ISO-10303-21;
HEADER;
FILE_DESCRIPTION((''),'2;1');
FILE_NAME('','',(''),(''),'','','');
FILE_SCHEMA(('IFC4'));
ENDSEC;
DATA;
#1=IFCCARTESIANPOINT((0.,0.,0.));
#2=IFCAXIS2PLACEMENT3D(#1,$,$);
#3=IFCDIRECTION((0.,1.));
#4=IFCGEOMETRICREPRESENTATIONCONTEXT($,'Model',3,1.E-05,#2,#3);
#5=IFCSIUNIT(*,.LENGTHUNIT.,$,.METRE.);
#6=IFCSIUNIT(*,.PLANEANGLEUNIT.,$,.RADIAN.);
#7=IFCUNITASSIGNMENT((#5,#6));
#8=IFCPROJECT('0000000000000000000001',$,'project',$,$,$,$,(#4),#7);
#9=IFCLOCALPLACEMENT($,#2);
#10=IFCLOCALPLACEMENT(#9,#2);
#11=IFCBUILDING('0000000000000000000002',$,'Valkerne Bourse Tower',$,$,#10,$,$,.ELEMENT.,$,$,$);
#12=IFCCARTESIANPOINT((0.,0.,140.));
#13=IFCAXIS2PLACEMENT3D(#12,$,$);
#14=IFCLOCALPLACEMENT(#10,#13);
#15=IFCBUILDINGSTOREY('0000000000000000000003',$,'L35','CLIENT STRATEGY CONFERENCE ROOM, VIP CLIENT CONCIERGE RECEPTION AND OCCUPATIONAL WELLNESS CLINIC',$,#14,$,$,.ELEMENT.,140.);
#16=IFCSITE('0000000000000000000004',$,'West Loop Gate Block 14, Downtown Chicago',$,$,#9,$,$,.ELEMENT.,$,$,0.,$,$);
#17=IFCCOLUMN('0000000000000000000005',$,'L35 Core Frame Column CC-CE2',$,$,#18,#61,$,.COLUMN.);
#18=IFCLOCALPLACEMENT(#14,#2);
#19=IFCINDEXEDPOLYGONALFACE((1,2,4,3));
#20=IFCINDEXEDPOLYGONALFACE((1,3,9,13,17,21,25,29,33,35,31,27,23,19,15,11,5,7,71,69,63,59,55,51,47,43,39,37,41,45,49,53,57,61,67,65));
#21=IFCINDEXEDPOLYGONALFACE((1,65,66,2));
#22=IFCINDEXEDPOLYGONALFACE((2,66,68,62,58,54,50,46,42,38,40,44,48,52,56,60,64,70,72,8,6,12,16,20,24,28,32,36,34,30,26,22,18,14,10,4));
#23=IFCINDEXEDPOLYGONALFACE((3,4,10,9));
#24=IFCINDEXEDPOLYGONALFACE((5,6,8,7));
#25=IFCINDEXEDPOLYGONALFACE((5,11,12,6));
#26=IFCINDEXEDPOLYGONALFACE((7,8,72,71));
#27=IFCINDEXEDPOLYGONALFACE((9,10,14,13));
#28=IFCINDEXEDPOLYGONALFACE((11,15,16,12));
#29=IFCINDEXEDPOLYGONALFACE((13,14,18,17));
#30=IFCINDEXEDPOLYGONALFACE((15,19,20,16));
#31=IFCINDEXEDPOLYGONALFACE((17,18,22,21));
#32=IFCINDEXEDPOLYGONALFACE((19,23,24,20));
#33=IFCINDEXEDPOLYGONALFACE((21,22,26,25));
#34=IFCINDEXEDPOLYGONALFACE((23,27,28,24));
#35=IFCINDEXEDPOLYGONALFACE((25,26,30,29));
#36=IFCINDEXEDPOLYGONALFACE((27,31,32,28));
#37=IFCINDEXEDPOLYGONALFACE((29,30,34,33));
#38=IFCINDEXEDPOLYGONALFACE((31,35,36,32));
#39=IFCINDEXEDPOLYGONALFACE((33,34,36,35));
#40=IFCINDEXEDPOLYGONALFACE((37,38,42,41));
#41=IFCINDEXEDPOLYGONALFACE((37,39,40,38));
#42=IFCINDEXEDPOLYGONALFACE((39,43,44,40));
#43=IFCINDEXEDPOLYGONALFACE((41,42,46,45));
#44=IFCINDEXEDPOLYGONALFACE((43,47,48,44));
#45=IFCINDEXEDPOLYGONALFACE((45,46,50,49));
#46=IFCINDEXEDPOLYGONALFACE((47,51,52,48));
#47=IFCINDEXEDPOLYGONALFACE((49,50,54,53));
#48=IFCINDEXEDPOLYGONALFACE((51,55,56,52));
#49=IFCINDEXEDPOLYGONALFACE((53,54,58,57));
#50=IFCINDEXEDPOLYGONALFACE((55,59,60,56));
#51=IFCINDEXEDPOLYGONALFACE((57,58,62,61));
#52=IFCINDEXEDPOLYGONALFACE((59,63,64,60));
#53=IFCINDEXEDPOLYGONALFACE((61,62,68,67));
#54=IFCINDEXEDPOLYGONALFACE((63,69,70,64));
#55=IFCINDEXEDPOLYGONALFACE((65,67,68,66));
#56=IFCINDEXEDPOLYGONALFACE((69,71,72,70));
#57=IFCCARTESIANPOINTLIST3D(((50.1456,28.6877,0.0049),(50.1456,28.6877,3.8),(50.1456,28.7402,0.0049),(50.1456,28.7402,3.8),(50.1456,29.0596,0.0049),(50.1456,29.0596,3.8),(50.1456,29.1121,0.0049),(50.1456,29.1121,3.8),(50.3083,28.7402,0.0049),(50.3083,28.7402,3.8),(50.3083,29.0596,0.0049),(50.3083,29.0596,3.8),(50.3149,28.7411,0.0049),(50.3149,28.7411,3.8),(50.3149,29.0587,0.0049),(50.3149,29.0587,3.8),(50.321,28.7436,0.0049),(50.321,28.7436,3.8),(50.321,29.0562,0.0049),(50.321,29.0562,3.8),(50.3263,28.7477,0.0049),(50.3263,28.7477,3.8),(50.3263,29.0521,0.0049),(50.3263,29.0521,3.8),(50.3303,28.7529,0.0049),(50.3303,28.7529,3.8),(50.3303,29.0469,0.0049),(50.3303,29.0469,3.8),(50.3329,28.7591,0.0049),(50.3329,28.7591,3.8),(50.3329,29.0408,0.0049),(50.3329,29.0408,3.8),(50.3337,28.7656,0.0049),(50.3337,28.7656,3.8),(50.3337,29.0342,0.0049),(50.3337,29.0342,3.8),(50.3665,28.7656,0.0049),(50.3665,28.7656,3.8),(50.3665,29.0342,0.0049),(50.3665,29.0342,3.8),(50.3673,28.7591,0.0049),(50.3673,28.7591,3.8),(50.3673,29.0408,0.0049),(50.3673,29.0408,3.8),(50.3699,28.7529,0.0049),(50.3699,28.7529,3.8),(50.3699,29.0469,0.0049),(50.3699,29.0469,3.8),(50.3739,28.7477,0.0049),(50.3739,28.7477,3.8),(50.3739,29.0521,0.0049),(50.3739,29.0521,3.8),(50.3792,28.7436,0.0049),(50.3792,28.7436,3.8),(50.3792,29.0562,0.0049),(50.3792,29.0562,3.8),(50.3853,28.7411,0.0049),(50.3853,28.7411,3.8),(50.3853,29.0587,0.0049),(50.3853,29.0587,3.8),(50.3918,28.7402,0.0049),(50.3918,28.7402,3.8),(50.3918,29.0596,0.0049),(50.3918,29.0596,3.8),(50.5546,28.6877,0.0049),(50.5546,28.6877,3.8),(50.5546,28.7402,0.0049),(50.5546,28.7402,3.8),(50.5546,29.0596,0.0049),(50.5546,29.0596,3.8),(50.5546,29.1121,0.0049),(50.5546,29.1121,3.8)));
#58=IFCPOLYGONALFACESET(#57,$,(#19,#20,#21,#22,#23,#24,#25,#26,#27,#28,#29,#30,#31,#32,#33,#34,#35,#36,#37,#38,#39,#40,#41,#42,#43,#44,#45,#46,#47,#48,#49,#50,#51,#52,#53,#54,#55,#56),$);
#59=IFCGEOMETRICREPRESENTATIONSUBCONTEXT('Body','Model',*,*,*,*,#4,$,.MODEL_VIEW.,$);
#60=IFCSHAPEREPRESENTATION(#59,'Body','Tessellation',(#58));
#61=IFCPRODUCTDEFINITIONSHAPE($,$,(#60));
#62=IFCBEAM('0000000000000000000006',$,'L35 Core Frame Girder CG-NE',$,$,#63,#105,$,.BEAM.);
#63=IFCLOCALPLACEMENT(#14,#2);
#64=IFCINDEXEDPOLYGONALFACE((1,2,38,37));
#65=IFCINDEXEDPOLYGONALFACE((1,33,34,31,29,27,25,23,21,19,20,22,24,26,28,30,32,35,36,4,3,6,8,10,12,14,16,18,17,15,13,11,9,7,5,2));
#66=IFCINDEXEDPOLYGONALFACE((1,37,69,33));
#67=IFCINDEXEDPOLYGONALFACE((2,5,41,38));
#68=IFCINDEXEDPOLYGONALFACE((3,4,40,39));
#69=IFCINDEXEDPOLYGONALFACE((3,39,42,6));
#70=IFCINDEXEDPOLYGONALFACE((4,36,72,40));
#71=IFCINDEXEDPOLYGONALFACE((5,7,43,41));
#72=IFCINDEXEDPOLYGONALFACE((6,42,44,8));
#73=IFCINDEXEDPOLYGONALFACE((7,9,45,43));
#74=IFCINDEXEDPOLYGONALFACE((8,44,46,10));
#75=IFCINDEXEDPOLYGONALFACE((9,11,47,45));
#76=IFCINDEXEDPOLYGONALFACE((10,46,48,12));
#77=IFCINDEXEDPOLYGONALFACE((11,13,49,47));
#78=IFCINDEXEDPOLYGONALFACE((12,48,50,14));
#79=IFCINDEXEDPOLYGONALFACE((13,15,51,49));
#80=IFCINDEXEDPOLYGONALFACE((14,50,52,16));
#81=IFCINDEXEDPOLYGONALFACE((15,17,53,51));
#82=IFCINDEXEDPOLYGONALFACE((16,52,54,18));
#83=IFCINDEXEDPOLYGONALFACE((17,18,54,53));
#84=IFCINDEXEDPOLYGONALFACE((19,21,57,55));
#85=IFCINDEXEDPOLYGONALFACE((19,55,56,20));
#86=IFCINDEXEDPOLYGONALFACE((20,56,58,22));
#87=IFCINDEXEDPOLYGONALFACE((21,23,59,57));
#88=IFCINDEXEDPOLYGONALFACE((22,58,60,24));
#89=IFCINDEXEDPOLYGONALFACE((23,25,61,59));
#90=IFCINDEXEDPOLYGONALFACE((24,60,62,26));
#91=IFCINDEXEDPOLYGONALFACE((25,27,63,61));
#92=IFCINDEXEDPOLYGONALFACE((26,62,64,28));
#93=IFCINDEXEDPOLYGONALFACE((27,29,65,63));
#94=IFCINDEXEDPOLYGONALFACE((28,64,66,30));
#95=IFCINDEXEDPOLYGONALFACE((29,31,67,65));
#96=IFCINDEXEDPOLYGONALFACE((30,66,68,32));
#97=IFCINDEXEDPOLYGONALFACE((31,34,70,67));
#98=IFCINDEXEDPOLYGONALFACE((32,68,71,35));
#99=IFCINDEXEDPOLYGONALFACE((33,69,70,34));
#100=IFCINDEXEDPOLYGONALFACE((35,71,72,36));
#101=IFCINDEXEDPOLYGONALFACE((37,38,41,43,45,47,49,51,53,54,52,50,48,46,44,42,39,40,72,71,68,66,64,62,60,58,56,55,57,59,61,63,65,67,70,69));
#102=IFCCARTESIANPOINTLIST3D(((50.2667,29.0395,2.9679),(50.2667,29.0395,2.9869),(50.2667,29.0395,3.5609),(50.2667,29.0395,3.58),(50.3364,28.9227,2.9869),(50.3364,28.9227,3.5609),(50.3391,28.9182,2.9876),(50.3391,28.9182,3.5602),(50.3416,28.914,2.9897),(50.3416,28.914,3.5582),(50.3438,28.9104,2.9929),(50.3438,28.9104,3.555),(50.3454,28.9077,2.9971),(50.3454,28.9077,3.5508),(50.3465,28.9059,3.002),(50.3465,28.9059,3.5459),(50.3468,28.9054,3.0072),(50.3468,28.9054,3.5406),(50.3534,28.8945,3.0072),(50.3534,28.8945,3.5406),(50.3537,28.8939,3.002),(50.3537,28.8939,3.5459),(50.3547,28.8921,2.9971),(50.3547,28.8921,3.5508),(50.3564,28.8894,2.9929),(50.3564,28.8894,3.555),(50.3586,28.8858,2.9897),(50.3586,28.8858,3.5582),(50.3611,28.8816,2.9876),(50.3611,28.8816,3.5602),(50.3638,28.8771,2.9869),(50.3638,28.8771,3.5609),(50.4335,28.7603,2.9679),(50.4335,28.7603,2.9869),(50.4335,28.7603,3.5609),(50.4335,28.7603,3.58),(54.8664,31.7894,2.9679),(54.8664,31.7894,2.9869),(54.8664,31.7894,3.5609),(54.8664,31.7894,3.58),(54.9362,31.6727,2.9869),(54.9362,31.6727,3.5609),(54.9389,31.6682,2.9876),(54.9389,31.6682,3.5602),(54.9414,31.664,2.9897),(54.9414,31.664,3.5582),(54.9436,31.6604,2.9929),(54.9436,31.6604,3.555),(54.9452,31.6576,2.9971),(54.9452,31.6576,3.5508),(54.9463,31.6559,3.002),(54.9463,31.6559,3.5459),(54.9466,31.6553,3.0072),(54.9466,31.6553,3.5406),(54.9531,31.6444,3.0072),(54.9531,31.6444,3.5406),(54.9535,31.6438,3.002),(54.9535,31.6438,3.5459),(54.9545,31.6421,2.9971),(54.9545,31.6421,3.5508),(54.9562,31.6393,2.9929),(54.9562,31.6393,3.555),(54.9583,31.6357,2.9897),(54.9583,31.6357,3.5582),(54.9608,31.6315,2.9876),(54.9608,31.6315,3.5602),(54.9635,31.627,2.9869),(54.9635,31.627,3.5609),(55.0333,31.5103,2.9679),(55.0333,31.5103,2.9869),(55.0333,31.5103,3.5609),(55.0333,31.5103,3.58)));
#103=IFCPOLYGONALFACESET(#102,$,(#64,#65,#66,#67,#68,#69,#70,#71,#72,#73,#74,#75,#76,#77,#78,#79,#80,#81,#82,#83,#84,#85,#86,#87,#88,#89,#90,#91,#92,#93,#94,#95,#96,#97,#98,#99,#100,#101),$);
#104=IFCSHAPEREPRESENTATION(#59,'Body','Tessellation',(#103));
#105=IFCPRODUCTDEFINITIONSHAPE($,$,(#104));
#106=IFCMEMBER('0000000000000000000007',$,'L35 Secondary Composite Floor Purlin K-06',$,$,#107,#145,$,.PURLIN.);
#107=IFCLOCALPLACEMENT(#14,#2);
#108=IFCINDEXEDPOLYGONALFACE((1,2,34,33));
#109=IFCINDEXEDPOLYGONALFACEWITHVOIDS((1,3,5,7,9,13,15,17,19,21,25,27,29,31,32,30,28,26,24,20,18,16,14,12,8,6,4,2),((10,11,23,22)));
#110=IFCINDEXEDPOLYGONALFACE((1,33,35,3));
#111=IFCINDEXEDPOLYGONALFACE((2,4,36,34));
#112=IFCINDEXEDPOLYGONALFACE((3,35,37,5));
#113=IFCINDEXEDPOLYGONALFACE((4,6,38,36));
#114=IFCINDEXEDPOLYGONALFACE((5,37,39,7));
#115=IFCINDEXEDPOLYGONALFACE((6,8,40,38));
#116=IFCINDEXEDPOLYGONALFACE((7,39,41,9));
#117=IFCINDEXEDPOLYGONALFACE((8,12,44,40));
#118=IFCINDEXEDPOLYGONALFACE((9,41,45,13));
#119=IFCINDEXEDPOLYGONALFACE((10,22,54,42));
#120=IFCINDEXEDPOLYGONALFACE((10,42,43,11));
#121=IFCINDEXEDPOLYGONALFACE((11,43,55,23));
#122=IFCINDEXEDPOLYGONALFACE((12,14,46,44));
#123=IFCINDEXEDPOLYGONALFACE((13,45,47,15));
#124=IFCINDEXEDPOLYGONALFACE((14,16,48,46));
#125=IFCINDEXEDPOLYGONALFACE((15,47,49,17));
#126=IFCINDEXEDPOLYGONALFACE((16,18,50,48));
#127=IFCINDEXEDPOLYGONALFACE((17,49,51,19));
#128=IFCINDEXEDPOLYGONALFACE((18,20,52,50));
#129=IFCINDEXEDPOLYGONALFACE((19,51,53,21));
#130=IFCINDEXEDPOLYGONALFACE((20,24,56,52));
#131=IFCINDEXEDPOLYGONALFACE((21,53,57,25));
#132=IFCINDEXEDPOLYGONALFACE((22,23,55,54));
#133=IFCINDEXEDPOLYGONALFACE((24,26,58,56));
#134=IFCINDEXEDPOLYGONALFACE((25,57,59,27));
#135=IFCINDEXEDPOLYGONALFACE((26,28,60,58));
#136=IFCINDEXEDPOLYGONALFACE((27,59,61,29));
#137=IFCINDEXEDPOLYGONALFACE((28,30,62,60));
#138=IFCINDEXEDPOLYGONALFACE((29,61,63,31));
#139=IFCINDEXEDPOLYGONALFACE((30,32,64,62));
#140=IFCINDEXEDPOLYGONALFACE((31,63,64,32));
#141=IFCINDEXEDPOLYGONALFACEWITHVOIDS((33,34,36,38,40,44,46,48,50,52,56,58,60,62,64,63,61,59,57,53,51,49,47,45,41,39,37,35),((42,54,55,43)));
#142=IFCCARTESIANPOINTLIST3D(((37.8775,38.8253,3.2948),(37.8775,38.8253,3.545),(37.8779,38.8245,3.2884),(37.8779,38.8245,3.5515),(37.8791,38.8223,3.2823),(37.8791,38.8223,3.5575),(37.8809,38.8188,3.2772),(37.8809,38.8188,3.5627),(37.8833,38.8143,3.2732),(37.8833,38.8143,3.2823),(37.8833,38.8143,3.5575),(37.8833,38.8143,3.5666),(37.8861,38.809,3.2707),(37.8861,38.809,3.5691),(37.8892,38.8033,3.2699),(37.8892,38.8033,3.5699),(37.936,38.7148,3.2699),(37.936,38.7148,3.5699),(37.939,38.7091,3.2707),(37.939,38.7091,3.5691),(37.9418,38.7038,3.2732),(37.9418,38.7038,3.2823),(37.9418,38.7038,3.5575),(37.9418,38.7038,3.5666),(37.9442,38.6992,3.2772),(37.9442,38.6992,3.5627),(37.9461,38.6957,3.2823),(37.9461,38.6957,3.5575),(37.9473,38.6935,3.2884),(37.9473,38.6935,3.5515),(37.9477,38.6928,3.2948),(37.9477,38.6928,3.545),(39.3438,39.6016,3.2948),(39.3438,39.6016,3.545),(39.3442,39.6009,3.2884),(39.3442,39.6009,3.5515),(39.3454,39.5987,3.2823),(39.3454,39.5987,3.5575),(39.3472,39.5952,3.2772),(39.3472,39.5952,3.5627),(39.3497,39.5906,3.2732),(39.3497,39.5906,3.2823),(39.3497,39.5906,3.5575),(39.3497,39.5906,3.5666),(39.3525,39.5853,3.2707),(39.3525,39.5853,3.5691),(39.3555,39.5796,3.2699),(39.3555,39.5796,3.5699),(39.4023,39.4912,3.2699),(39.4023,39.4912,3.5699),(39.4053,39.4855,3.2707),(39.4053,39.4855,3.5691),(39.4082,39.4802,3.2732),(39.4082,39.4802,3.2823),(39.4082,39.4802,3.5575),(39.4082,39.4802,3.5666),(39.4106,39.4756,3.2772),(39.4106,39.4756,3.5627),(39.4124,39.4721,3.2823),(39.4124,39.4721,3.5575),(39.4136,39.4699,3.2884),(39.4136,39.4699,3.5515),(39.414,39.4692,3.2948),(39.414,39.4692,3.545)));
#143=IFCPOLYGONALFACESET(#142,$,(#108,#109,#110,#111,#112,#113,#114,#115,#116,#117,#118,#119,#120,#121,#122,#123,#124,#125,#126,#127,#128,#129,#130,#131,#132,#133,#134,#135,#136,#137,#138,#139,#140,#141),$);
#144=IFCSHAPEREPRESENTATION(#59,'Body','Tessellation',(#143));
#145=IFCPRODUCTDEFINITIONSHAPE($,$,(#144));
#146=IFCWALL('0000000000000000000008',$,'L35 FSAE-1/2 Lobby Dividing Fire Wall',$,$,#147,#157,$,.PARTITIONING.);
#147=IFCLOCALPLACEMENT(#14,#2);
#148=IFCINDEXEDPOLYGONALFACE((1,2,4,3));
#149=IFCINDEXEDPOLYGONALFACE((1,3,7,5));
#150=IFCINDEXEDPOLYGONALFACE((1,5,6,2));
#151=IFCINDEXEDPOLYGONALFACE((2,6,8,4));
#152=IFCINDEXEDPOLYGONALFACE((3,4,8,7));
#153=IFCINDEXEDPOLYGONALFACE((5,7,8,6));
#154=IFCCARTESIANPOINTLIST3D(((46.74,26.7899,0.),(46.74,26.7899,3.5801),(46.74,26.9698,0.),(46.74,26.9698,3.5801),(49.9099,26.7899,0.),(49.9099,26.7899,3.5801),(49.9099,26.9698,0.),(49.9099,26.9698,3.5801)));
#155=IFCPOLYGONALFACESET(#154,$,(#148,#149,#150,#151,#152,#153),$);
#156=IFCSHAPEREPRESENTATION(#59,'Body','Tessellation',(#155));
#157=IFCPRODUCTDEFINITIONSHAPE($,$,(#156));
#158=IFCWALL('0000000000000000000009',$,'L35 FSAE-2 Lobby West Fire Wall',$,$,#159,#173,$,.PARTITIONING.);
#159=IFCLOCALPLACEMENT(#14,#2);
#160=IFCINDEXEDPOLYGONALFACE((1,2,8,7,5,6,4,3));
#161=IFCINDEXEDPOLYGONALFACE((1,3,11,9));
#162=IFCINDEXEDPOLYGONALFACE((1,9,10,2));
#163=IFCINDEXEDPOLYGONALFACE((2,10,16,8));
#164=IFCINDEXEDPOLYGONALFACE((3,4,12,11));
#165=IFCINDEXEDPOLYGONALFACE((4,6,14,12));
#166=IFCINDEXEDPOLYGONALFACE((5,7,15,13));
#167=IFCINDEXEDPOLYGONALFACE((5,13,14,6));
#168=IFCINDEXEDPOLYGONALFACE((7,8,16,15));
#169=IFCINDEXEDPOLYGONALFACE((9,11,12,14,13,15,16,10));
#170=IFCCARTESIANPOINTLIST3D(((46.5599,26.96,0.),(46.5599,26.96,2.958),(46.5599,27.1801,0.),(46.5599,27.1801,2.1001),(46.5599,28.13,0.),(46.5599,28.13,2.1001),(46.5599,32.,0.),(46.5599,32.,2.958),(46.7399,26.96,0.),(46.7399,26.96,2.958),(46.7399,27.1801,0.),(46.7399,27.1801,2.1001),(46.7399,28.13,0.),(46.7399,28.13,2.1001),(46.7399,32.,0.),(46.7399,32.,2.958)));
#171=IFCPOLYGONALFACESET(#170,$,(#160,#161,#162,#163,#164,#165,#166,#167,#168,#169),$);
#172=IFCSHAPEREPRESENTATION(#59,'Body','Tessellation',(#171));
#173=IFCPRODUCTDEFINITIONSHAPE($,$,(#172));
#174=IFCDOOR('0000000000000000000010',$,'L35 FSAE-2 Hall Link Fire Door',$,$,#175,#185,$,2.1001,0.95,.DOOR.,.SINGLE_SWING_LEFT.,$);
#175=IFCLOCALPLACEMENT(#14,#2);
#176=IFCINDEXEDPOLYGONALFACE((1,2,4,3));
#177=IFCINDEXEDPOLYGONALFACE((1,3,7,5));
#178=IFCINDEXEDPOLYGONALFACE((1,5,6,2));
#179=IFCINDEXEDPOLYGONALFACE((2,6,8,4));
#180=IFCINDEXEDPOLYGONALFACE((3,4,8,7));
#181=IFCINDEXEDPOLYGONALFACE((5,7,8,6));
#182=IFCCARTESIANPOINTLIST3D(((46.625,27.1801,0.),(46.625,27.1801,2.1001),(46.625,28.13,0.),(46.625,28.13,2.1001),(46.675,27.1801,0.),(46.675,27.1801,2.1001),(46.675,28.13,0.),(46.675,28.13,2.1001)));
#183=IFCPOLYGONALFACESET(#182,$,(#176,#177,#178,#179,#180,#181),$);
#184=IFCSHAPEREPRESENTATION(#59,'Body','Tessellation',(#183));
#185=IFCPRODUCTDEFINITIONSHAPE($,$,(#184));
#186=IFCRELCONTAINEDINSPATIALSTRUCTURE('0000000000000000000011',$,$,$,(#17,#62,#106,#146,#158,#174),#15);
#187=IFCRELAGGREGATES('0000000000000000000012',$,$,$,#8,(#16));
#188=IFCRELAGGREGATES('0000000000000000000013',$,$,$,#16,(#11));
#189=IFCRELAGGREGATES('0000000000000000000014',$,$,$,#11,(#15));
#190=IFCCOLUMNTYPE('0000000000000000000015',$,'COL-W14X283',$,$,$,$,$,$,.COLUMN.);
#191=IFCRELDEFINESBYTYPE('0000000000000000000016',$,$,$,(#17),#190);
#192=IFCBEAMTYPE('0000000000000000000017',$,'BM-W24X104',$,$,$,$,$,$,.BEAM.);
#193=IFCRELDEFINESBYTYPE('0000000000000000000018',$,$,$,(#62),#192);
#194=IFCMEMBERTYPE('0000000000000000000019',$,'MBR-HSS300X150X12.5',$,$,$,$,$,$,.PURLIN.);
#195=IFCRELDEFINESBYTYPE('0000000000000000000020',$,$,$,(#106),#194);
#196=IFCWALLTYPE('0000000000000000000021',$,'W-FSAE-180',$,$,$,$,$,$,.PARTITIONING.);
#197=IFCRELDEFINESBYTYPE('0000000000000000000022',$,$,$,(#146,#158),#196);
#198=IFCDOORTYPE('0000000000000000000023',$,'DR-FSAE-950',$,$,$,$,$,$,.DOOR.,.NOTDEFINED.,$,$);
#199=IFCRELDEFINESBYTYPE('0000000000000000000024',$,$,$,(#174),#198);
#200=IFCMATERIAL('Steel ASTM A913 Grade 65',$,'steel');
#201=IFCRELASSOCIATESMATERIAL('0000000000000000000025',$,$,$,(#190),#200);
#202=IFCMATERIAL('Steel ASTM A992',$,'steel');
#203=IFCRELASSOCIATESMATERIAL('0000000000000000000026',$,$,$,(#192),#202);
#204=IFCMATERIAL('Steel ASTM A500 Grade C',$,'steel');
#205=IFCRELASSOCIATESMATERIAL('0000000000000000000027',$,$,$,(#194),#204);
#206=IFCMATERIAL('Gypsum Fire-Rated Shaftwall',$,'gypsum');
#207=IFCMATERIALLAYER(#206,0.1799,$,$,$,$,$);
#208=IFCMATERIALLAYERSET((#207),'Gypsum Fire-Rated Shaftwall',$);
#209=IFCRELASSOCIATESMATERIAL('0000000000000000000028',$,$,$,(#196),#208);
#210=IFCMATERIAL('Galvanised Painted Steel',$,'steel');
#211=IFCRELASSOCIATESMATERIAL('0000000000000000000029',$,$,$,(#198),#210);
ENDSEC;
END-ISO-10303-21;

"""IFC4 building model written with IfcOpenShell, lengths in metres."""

from ifc_helpers import new_model, si_unit, direction, frame, frame_2d, origin, origin_2d, place, context, subcontext, project, spatial, rectangle, hollow_rectangle, i_section, extrude, material, layer, layer_set, material_profile, profile_set, type_object, element, fill, save


model = new_model("IFC4")

# Units and contexts
model_context = context("Model", 3, precision=1e-05, world=origin(), true_north=direction((0.0, 1.0)))
body_context = subcontext(model_context, "Body", "Model", "MODEL_VIEW")
ifc_project = project(units=[si_unit("LENGTHUNIT", "METRE"), si_unit("PLANEANGLEUNIT", "RADIAN")], contexts=[model_context])

# Site, building, storey
site_placement = place(None, origin())
site = spatial("IfcSite", under=ifc_project, at=site_placement, Name="West Loop Gate Block 14, Downtown Chicago", CompositionType="ELEMENT", RefElevation=0.0)
building_placement = place(site_placement, origin())
building = spatial("IfcBuilding", under=site, at=building_placement, Name="Valkerne Bourse Tower", CompositionType="ELEMENT")
storey_placement = place(building_placement, frame((0.0, 0.0, 140.0)))
storey = spatial("IfcBuildingStorey", under=building, at=storey_placement, Name="L35", Description="CLIENT STRATEGY CONFERENCE ROOM, VIP CLIENT CONCIERGE RECEPTION AND OCCUPATIONAL WELLNESS CLINIC", CompositionType="ELEMENT", Elevation=140.0)

# Column
ifc_material_1 = material(Name="Steel ASTM A913 Grade 65", Category="steel")
ifc_material_profile_1 = material_profile(ifc_material_1, i_section(OverallWidth=0.4089, OverallDepth=0.4243, WebThickness=0.0327, FlangeThickness=0.0525, FilletRadius=0.0254, at=origin_2d()), Name="W14X283")
ifc_profile_set_1 = profile_set([ifc_material_profile_1], Name="Steel ASTM A913 Grade 65")
column_type = type_object("IfcColumnType", Name="COL-W14X283", PredefinedType="COLUMN", material=ifc_profile_set_1)
column_placement = place(storey_placement, frame((50.3501, 28.8999, 0.0049), z_axis=(0.0, 0.0, 1.0), x_axis=(1.0, 0.0, 0.0)))
element("IfcColumn", 1, at=column_placement, inside=storey, type_object=column_type, Name="L35 Core Frame Column CC-CE2", PredefinedType="COLUMN", context=body_context, shape_type="SweptSolid", body=[
    extrude(i_section(OverallWidth=0.4089, OverallDepth=0.4243, WebThickness=0.0327, FlangeThickness=0.0525, FilletRadius=0.0254, at=origin_2d()), origin(), (0.0, 0.0, 1.0), 3.7952),
])

# Beam
ifc_material_2 = material(Name="Steel ASTM A992", Category="steel")
ifc_material_profile_2 = material_profile(ifc_material_2, i_section(OverallWidth=0.3252, OverallDepth=0.6121, WebThickness=0.0127, FlangeThickness=0.019, FilletRadius=0.0203, at=origin_2d()), Name="W24X104")
ifc_profile_set_2 = profile_set([ifc_material_profile_2], Name="Steel ASTM A992")
beam_type = type_object("IfcBeamType", Name="BM-W24X104", PredefinedType="BEAM", material=ifc_profile_set_2)
beam_placement = place(storey_placement, frame((50.3501, 28.8999, 3.2739), z_axis=(0.858308, 0.513135, 0.0), x_axis=(-0.513135, 0.858308, 0.0)))
element("IfcBeam", 2, at=beam_placement, inside=storey, type_object=beam_type, Name="L35 Core Frame Girder CG-NE", PredefinedType="BEAM", context=body_context, shape_type="SweptSolid", body=[
    extrude(i_section(OverallWidth=0.3252, OverallDepth=0.6121, WebThickness=0.0127, FlangeThickness=0.019, FilletRadius=0.0203, at=origin_2d()), origin(), (0.0, 0.0, 1.0), 5.3591),
])

# Member
ifc_material_3 = material(Name="Steel ASTM A500 Grade C", Category="steel")
ifc_material_profile_3 = material_profile(ifc_material_3, hollow_rectangle(XDim=0.1499, YDim=0.3, WallThickness=0.0125, OuterFilletRadius=0.0249, at=origin_2d()), Name="HSS300X150X12.5")
ifc_profile_set_3 = profile_set([ifc_material_profile_3], Name="Steel ASTM A500 Grade C")
member_type = type_object("IfcMemberType", Name="MBR-HSS300X150X12.5", PredefinedType="PURLIN", material=ifc_profile_set_3)
member_placement = place(storey_placement, frame((39.3789, 39.5354, 3.4199), z_axis=(-0.883766, -0.467928, 0.0), x_axis=(0.467928, -0.883766, 0.0)))
element("IfcMember", 3, at=member_placement, inside=storey, type_object=member_type, Name="L35 Secondary Composite Floor Purlin K-06", PredefinedType="PURLIN", context=body_context, shape_type="SweptSolid", body=[
    extrude(hollow_rectangle(XDim=0.1499, YDim=0.3, WallThickness=0.0125, OuterFilletRadius=0.0249, at=origin_2d()), origin(), (0.0, 0.0, 1.0), 1.6592),
])

# Wall
ifc_material_4 = material(Name="Gypsum Fire-Rated Shaftwall", Category="gypsum")
ifc_layer_1 = layer(ifc_material_4, 0.1799)
ifc_layer_set_1 = layer_set([ifc_layer_1], Name="Gypsum Fire-Rated Shaftwall")
wall_type_1 = type_object("IfcWallType", Name="W-FSAE-180", PredefinedType="PARTITIONING", material=ifc_layer_set_1)
wall_1_placement = place(storey_placement, frame((46.74, 26.8799, 0.0), z_axis=(0.0, 0.0, 1.0), x_axis=(1.0, 0.0, 0.0)))
element("IfcWall", 4, at=wall_1_placement, inside=storey, type_object=wall_type_1, Name="L35 FSAE-1/2 Lobby Dividing Fire Wall", PredefinedType="PARTITIONING", context=body_context, shape_type="SweptSolid", body=[
    extrude(rectangle(XDim=3.1699, YDim=0.1799, at=frame_2d((1.585, 0.0))), origin(), (0.0, 0.0, 1.0), 3.5801),
])

# Wall, opening, door
wall_2_placement = place(storey_placement, frame((46.6499, 26.96, 0.0), z_axis=(0.0, 0.0, 1.0), x_axis=(0.0, 1.0, 0.0)))
wall_2 = element("IfcWall", 5, at=wall_2_placement, inside=storey, type_object=wall_type_1, Name="L35 FSAE-2 Lobby West Fire Wall", PredefinedType="PARTITIONING", context=body_context, shape_type="SweptSolid", body=[
    extrude(rectangle(XDim=5.04, YDim=0.1799, at=frame_2d((2.52, 0.0))), origin(), (0.0, 0.0, 1.0), 2.958),
])
opening_1_placement = place(wall_2_placement, frame((0.22, 0.0, 0.0)))
opening_1 = element("IfcOpeningElement", 6, at=opening_1_placement, cuts=wall_2, PredefinedType="OPENING", context=body_context, shape_type="SweptSolid", body=[
    extrude(rectangle(XDim=0.95, YDim=2.1001, at=frame_2d((0.4751, 1.05))), frame((0.0, 0.0999, 0.0), z_axis=(0.0, -1.0, 0.0), x_axis=(1.0, 0.0, 0.0)), (0.0, 0.0, 1.0), 0.2),
])
ifc_material_5 = material(Name="Galvanised Painted Steel", Category="steel")
door_type_1 = type_object("IfcDoorType", Name="DR-FSAE-950", OperationType="NOTDEFINED", PredefinedType="DOOR", material=ifc_material_5)
door_1_placement = place(opening_1_placement, origin())
door_1 = element("IfcDoor", 7, at=door_1_placement, inside=storey, type_object=door_type_1, Name="L35 FSAE-2 Hall Link Fire Door", OperationType="SINGLE_SWING_LEFT", OverallHeight=2.1001, OverallWidth=0.95, PredefinedType="DOOR", context=body_context, shape_type="SweptSolid", body=[
    extrude(rectangle(XDim=0.95, YDim=2.1001, at=frame_2d((0.4751, 1.05))), frame((0.0, 0.0249, 0.0), z_axis=(0.0, -1.0, 0.0), x_axis=(1.0, 0.0, 0.0)), (0.0, 0.0, 1.0), 0.05),
])
fill(opening_1, door_1)

save(model, "model.ifc")
